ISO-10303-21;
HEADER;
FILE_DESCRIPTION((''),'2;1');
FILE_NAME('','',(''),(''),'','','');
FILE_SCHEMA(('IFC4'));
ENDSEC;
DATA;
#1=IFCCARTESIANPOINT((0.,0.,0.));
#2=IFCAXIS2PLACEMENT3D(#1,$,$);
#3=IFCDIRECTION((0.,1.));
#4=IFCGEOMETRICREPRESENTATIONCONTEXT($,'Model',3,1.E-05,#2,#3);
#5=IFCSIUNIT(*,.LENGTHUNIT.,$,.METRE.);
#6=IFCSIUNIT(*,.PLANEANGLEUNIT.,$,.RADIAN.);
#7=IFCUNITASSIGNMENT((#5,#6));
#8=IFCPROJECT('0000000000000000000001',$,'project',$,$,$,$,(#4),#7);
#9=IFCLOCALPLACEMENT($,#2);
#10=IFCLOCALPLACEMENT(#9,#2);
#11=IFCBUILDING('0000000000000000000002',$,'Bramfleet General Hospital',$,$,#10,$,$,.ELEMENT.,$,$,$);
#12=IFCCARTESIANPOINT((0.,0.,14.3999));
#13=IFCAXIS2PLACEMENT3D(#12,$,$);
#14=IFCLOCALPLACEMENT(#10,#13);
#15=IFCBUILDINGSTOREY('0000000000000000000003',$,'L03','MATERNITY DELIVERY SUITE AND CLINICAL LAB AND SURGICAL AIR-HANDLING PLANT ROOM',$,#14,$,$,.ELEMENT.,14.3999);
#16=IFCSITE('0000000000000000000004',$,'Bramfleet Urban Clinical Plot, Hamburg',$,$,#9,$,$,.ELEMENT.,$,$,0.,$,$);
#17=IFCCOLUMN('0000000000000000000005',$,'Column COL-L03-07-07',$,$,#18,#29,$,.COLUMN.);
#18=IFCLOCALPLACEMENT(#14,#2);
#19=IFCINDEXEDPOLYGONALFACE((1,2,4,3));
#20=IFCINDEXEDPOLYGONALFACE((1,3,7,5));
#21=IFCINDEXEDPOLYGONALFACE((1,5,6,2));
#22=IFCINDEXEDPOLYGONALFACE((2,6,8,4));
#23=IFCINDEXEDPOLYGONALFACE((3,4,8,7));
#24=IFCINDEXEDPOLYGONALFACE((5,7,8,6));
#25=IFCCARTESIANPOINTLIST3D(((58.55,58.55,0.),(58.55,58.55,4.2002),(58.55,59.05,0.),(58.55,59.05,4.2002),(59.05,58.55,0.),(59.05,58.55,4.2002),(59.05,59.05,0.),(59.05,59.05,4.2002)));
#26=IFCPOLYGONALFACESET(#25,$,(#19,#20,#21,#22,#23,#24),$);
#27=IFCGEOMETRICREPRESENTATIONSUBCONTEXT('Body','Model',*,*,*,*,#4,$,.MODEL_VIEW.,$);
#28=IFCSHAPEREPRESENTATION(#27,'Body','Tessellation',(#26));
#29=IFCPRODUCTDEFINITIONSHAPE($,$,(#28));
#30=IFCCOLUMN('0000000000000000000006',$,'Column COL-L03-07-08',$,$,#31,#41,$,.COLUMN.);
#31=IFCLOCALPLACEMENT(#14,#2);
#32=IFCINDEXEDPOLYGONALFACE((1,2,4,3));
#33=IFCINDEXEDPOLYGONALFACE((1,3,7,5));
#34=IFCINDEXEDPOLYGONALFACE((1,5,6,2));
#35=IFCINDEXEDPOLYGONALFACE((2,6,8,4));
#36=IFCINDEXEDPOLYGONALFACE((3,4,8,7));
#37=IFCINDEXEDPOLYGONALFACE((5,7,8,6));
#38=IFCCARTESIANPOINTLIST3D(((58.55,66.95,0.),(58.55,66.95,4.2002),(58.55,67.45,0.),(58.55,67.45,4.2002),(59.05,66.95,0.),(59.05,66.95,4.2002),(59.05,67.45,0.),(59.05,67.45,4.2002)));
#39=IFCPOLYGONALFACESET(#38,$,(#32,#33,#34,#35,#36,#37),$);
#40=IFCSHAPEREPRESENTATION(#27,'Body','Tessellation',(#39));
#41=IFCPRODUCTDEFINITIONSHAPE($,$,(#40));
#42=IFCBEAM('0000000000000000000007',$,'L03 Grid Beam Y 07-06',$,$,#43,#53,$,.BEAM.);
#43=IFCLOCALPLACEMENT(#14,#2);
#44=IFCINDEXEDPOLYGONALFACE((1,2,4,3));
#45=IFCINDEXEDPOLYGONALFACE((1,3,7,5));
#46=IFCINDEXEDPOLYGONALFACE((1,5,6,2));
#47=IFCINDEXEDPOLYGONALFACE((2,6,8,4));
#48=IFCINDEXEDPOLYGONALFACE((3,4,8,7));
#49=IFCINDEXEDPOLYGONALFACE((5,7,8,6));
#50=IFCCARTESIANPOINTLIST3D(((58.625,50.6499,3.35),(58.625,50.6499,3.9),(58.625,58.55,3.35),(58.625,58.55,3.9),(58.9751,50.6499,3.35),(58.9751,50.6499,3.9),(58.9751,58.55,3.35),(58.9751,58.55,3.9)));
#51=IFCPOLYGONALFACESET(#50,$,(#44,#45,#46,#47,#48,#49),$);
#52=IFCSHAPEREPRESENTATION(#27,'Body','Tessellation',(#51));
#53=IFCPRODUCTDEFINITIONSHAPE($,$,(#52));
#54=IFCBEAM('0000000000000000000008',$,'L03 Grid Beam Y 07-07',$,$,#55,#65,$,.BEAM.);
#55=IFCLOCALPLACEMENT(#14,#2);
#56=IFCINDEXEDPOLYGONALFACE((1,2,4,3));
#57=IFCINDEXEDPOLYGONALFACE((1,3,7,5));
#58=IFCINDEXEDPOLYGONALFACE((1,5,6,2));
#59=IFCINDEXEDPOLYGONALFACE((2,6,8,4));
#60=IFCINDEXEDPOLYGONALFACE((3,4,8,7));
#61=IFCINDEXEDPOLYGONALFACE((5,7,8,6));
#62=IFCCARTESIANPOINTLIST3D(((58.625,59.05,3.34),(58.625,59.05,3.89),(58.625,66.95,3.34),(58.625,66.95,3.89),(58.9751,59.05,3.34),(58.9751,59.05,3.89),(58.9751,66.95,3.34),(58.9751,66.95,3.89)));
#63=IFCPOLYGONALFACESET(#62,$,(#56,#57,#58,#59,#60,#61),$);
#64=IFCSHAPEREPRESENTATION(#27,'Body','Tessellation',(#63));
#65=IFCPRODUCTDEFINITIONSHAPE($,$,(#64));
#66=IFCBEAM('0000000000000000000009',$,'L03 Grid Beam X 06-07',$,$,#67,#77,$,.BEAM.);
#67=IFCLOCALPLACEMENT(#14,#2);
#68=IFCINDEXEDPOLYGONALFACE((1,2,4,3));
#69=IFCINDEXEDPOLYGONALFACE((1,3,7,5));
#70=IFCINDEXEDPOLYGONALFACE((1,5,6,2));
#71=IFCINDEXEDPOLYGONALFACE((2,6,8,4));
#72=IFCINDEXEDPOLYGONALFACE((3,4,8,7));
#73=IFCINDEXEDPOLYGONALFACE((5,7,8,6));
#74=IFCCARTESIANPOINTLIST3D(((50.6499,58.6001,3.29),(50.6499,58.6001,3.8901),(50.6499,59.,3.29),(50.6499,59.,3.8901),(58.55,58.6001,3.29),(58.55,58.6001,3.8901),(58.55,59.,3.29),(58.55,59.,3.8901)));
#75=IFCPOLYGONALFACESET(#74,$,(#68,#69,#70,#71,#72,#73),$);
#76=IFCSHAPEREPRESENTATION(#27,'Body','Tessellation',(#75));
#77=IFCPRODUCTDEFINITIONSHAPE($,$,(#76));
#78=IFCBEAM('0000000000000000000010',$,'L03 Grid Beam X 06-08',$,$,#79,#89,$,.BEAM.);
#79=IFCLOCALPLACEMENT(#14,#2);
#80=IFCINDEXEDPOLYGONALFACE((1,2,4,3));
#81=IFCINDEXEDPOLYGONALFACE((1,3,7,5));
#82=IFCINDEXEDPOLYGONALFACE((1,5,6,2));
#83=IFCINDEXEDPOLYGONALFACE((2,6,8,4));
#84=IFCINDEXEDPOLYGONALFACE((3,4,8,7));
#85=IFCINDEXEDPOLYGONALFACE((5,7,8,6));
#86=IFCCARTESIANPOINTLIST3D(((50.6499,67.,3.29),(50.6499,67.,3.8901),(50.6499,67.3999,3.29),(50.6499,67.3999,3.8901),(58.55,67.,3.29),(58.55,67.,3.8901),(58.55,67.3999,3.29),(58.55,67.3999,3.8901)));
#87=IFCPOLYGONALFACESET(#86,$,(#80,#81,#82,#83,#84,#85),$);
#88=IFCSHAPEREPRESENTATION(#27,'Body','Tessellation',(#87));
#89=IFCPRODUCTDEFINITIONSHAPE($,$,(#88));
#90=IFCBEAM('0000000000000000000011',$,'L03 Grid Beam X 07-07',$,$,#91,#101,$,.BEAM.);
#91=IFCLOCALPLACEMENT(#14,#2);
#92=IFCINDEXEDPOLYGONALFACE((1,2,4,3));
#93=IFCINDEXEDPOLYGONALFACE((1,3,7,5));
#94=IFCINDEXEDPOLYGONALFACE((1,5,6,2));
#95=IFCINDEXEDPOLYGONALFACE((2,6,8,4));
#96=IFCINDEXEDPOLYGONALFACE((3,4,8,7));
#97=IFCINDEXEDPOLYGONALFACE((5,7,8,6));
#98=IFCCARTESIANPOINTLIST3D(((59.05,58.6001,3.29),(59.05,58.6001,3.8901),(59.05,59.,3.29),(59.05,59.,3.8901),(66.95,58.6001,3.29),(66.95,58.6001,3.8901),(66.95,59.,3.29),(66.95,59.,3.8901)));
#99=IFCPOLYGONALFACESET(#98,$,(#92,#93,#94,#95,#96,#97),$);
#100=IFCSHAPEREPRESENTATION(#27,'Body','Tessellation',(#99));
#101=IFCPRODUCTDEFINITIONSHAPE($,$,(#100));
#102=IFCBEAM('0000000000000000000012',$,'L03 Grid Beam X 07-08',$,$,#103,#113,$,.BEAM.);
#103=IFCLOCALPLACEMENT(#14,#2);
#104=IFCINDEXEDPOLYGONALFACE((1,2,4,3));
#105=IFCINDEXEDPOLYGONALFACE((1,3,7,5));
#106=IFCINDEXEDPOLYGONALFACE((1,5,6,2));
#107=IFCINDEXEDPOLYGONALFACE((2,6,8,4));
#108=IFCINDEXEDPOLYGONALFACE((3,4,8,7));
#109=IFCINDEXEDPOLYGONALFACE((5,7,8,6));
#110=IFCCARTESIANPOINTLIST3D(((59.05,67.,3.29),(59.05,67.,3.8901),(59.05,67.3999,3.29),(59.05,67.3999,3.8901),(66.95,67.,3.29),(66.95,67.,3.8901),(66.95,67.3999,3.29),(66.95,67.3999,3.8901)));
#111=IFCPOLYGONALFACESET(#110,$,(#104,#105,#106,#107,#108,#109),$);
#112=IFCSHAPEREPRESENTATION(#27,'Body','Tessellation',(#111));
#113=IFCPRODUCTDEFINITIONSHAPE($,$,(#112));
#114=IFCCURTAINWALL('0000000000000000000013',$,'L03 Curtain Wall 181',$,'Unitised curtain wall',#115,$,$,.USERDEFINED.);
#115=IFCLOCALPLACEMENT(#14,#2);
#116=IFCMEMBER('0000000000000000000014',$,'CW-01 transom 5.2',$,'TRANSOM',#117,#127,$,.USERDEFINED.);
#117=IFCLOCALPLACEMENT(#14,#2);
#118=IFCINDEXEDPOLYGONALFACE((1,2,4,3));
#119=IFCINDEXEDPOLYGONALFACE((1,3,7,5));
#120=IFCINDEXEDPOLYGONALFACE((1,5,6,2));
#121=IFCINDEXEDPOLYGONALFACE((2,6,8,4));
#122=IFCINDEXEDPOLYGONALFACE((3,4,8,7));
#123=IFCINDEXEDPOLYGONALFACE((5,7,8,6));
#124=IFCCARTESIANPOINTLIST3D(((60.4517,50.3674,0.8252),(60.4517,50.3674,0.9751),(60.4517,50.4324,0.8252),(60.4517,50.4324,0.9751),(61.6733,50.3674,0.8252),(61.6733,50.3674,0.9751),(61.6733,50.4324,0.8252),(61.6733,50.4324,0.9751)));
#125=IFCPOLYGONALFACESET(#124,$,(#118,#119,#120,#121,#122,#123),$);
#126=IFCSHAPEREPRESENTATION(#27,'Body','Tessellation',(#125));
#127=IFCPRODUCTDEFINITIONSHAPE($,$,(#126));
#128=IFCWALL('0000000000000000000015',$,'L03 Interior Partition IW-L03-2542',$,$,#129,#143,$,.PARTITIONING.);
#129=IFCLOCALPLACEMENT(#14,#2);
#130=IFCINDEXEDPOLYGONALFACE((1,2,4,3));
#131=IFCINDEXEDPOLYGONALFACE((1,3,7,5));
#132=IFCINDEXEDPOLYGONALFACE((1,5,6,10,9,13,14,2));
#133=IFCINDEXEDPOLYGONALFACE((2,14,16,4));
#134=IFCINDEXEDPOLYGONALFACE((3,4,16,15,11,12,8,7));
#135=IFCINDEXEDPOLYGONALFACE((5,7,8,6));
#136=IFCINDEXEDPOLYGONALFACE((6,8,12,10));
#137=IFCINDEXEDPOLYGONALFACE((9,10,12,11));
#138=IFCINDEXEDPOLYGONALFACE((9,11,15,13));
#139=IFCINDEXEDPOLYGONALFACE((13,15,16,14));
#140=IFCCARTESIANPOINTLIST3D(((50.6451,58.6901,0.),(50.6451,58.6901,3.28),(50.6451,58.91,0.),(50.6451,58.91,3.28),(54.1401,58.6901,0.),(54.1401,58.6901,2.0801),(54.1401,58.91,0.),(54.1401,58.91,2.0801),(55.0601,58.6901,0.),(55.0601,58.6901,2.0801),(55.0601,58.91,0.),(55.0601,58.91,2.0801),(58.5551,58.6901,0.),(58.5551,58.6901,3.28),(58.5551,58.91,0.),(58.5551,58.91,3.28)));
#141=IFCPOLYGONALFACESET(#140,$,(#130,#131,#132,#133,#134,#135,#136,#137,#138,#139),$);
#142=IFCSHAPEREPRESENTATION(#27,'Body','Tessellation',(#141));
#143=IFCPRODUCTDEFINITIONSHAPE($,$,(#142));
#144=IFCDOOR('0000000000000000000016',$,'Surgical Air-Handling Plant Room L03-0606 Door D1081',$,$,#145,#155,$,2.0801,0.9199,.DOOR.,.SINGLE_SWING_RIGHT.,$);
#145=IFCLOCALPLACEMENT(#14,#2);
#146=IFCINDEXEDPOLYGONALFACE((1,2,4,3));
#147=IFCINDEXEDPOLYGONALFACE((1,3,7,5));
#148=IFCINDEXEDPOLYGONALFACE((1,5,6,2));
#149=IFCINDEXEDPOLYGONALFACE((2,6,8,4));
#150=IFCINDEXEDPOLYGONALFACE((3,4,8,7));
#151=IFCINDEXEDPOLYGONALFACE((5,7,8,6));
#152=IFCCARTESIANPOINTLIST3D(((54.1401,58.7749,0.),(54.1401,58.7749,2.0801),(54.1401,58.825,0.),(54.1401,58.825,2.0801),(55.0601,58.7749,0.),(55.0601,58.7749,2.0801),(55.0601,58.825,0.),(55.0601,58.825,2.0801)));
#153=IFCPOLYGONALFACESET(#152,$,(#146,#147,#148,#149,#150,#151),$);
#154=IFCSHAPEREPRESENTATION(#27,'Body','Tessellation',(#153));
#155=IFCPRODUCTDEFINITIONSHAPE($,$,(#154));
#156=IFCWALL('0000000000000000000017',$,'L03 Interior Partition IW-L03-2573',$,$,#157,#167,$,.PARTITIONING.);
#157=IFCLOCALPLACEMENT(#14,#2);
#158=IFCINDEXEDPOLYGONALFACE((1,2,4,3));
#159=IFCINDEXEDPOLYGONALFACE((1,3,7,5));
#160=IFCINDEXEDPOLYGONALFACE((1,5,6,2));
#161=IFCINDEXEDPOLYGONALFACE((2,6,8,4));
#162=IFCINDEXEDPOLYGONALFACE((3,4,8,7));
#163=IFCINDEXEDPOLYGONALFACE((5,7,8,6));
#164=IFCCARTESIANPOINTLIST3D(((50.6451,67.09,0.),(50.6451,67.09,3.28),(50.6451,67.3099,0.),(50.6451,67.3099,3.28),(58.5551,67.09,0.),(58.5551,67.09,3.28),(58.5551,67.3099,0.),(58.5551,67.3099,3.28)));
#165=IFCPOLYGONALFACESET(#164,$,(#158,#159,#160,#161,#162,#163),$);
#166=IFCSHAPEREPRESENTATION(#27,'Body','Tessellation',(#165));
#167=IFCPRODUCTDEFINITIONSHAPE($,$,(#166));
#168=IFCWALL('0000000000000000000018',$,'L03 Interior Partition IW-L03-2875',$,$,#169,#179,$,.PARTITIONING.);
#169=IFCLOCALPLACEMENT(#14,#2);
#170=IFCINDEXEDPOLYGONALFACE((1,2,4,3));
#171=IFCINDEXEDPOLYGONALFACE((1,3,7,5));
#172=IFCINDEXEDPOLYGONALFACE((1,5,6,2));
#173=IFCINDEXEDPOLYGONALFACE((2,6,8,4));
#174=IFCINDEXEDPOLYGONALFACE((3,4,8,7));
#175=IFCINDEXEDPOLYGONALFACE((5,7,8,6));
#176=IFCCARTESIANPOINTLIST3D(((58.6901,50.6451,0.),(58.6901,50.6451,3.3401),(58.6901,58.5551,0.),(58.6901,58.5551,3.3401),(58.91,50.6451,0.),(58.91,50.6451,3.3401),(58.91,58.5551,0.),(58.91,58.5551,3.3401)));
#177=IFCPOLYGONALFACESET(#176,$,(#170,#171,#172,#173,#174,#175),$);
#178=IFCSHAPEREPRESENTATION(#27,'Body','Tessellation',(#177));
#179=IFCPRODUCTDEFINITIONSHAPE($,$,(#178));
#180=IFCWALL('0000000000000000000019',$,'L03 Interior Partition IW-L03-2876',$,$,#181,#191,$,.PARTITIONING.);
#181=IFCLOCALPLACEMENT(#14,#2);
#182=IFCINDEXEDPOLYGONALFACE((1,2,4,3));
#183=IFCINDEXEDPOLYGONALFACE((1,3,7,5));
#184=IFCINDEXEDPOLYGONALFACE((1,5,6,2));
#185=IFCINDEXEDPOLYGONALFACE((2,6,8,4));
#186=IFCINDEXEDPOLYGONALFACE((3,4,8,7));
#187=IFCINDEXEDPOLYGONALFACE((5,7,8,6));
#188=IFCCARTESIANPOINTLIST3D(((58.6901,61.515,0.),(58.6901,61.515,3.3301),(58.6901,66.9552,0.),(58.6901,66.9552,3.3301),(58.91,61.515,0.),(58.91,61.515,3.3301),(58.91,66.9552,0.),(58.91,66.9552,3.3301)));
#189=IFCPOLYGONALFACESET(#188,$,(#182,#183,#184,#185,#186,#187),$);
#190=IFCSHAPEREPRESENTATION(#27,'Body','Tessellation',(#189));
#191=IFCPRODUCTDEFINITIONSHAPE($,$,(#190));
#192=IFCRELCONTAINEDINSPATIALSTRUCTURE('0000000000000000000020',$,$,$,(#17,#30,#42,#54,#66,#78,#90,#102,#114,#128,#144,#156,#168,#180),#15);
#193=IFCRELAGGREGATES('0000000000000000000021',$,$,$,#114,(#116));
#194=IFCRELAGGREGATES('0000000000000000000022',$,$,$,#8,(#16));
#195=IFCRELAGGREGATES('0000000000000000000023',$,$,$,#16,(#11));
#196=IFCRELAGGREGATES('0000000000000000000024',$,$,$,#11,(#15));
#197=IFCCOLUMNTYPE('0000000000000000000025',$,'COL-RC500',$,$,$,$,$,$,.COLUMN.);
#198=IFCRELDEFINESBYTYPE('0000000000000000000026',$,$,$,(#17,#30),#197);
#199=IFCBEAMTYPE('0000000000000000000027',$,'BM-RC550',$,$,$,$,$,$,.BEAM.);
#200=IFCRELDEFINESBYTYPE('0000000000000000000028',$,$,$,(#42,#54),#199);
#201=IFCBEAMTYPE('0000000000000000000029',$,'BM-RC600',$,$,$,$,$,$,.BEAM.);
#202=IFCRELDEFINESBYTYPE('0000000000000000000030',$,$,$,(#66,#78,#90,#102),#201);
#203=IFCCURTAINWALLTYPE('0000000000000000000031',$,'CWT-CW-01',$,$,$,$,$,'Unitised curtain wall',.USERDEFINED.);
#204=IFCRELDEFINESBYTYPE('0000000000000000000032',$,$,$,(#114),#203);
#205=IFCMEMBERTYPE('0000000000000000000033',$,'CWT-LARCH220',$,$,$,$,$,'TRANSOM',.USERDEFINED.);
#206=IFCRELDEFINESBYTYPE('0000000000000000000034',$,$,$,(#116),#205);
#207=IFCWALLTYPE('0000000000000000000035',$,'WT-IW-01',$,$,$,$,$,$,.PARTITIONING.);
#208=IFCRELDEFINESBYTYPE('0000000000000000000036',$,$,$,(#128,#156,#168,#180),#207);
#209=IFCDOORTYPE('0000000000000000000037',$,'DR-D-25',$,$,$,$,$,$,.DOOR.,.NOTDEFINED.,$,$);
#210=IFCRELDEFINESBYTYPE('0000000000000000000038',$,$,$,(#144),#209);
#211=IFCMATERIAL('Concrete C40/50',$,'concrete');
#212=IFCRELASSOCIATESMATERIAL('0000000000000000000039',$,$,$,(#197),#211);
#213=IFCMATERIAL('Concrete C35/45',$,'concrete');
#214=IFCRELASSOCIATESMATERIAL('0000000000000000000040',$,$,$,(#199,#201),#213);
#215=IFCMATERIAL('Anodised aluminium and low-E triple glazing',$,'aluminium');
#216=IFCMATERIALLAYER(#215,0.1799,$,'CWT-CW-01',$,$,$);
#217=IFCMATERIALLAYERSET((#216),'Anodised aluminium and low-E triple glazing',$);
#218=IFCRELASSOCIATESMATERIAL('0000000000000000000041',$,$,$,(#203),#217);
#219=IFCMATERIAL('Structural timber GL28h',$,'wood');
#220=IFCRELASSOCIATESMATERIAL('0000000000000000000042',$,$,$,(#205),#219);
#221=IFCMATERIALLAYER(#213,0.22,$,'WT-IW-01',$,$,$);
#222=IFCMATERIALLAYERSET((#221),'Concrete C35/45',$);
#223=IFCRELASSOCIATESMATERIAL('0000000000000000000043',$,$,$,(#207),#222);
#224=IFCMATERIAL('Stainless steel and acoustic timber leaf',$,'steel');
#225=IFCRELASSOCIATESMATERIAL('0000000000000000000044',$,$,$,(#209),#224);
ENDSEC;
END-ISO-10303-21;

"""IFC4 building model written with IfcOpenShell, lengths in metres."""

from ifc_helpers import new_model, si_unit, direction, frame, frame_2d, origin, origin_2d, place, context, subcontext, project, spatial, rectangle, extrude, material, layer, layer_set, material_profile, profile_set, type_object, element, fill, aggregate, save


model = new_model("IFC4")

# Units and contexts
model_context = context("Model", 3, precision=1e-05, world=origin(), true_north=direction((0.0, 1.0)))
body_context = subcontext(model_context, "Body", "Model", "MODEL_VIEW")
ifc_project = project(units=[si_unit("LENGTHUNIT", "METRE"), si_unit("PLANEANGLEUNIT", "RADIAN")], contexts=[model_context])

# Site, building, storey
site_placement = place(None, origin())
site = spatial("IfcSite", under=ifc_project, at=site_placement, Name="Bramfleet Urban Clinical Plot, Hamburg", CompositionType="ELEMENT", RefElevation=0.0)
building_placement = place(site_placement, origin())
building = spatial("IfcBuilding", under=site, at=building_placement, Name="Bramfleet General Hospital", CompositionType="ELEMENT")
storey_placement = place(building_placement, frame((0.0, 0.0, 14.3999)))
storey = spatial("IfcBuildingStorey", under=building, at=storey_placement, Name="L03", Description="MATERNITY DELIVERY SUITE AND CLINICAL LAB AND SURGICAL AIR-HANDLING PLANT ROOM", CompositionType="ELEMENT", Elevation=14.3999)

# Columns
ifc_material_1 = material(Name="Concrete C40/50", Category="concrete")
ifc_material_profile_1 = material_profile(ifc_material_1, rectangle(XDim=0.5, YDim=0.5, at=origin_2d()), Name="RC COL 500x500")
ifc_profile_set_1 = profile_set([ifc_material_profile_1], Name="Concrete C40/50")
column_type = type_object("IfcColumnType", Name="COL-RC500", PredefinedType="COLUMN", material=ifc_profile_set_1)
for number, where, z_axis, x_axis, name in (
    (1, (58.8, 58.8, 0.0), (0.0, 0.0, 1.0), (1.0, 0.0, 0.0), "Column COL-L03-07-07"),
    (2, (58.8, 67.2, 0.0), (0.0, 0.0, 1.0), (1.0, 0.0, 0.0), "Column COL-L03-07-08"),
):
    element("IfcColumn", number, at=place(storey_placement, frame(where, z_axis=z_axis, x_axis=x_axis)), inside=storey, type_object=column_type, Name=name, PredefinedType="COLUMN", context=body_context, shape_type="SweptSolid", body=[
        extrude(rectangle(XDim=0.5, YDim=0.5, at=origin_2d()), origin(), (0.0, 0.0, 1.0), 4.2002),
    ])

# Beams
ifc_material_2 = material(Name="Concrete C35/45", Category="concrete")
ifc_material_profile_2 = material_profile(ifc_material_2, rectangle(XDim=0.3501, YDim=0.55, at=origin_2d()), Name="RC BM 550x350")
ifc_profile_set_2 = profile_set([ifc_material_profile_2], Name="Concrete C35/45")
beam_type_1 = type_object("IfcBeamType", Name="BM-RC550", PredefinedType="BEAM", material=ifc_profile_set_2)
beam_1_placement = place(storey_placement, frame((58.8, 50.6499, 3.625), z_axis=(0.0, 1.0, 0.0), x_axis=(-1.0, 0.0, 0.0)))
element("IfcBeam", 3, at=beam_1_placement, inside=storey, type_object=beam_type_1, Name="L03 Grid Beam Y 07-06", PredefinedType="BEAM", context=body_context, shape_type="SweptSolid", body=[
    extrude(rectangle(XDim=0.3501, YDim=0.55, at=origin_2d()), origin(), (0.0, 0.0, 1.0), 7.9001),
])
beam_2_placement = place(storey_placement, frame((58.8, 59.05, 3.615), z_axis=(0.0, 1.0, 0.0), x_axis=(-1.0, 0.0, 0.0)))
element("IfcBeam", 4, at=beam_2_placement, inside=storey, type_object=beam_type_1, Name="L03 Grid Beam Y 07-07", PredefinedType="BEAM", context=body_context, shape_type="SweptSolid", body=[
    extrude(rectangle(XDim=0.3501, YDim=0.55, at=origin_2d()), origin(), (0.0, 0.0, 1.0), 7.8999),
])
ifc_material_profile_3 = material_profile(ifc_material_2, rectangle(XDim=0.3999, YDim=0.6001, at=origin_2d()), Name="RC BM 600x400")
ifc_profile_set_3 = profile_set([ifc_material_profile_3], Name="Concrete C35/45")
beam_type_2 = type_object("IfcBeamType", Name="BM-RC600", PredefinedType="BEAM", material=ifc_profile_set_3)
for number, where, z_axis, x_axis, name in (
    (5, (50.6499, 58.8, 3.5901), (1.0, 0.0, 0.0), (0.0, 1.0, 0.0), "L03 Grid Beam X 06-07"),
    (6, (50.6499, 67.2, 3.5901), (1.0, 0.0, 0.0), (0.0, 1.0, 0.0), "L03 Grid Beam X 06-08"),
):
    element("IfcBeam", number, at=place(storey_placement, frame(where, z_axis=z_axis, x_axis=x_axis)), inside=storey, type_object=beam_type_2, Name=name, PredefinedType="BEAM", context=body_context, shape_type="SweptSolid", body=[
        extrude(rectangle(XDim=0.3999, YDim=0.6001, at=origin_2d()), origin(), (0.0, 0.0, 1.0), 7.9001),
    ])
for number, where, z_axis, x_axis, name in (
    (7, (59.05, 58.8, 3.5901), (1.0, 0.0, 0.0), (0.0, 1.0, 0.0), "L03 Grid Beam X 07-07"),
    (8, (59.05, 67.2, 3.5901), (1.0, 0.0, 0.0), (0.0, 1.0, 0.0), "L03 Grid Beam X 07-08"),
):
    element("IfcBeam", number, at=place(storey_placement, frame(where, z_axis=z_axis, x_axis=x_axis)), inside=storey, type_object=beam_type_2, Name=name, PredefinedType="BEAM", context=body_context, shape_type="SweptSolid", body=[
        extrude(rectangle(XDim=0.3999, YDim=0.6001, at=origin_2d()), origin(), (0.0, 0.0, 1.0), 7.8999),
    ])

# Curtain wall, member
ifc_material_3 = material(Name="Anodised aluminium and low-E triple glazing", Category="aluminium")
ifc_layer_1 = layer(ifc_material_3, 0.1799, Name="CWT-CW-01")
ifc_layer_set_1 = layer_set([ifc_layer_1], Name="Anodised aluminium and low-E triple glazing")
curtain_wall_type = type_object("IfcCurtainWallType", Name="CWT-CW-01", ElementType="Unitised curtain wall", PredefinedType="USERDEFINED", material=ifc_layer_set_1)
curtain_wall_placement = place(storey_placement, origin())
curtain_wall = element("IfcCurtainWall", 9, at=curtain_wall_placement, inside=storey, type_object=curtain_wall_type, Name="L03 Curtain Wall 181", ObjectType="Unitised curtain wall", PredefinedType="USERDEFINED")
ifc_material_4 = material(Name="Structural timber GL28h", Category="wood")
ifc_material_profile_4 = material_profile(ifc_material_4, rectangle(XDim=0.0649, YDim=0.1499, at=origin_2d()), Name="LARCH 150x65")
ifc_profile_set_4 = profile_set([ifc_material_profile_4], Name="Structural timber GL28h")
member_type = type_object("IfcMemberType", Name="CWT-LARCH220", ElementType="TRANSOM", PredefinedType="USERDEFINED", material=ifc_profile_set_4)
member_placement = place(storey_placement, frame((61.6733, 50.3999, 0.9001), z_axis=(-1.0, 0.0, 0.0), x_axis=(0.0, -1.0, 0.0)))
member = element("IfcMember", 10, at=member_placement, type_object=member_type, Name="CW-01 transom 5.2", ObjectType="TRANSOM", PredefinedType="USERDEFINED", context=body_context, shape_type="SweptSolid", body=[
    extrude(rectangle(XDim=0.0649, YDim=0.1499, at=origin_2d()), origin(), (0.0, 0.0, 1.0), 1.2217),
])
aggregate(curtain_wall, [member])

# Wall, opening, door
ifc_layer_2 = layer(ifc_material_2, 0.22, Name="WT-IW-01")
ifc_layer_set_2 = layer_set([ifc_layer_2], Name="Concrete C35/45")
wall_type_1 = type_object("IfcWallType", Name="WT-IW-01", PredefinedType="PARTITIONING", material=ifc_layer_set_2)
wall_1_placement = place(storey_placement, frame((50.645, 58.8, 0.0), z_axis=(0.0, 0.0, 1.0), x_axis=(1.0, 0.0, 0.0)))
wall_1 = element("IfcWall", 11, at=wall_1_placement, inside=storey, type_object=wall_type_1, Name="L03 Interior Partition IW-L03-2542", PredefinedType="PARTITIONING", context=body_context, shape_type="SweptSolid", body=[
    extrude(rectangle(XDim=7.9099, YDim=0.22, at=frame_2d((3.9551, 0.0))), origin(), (0.0, 0.0, 1.0), 3.28),
])
opening_1_placement = place(wall_1_placement, frame((3.4951, 0.0, 0.0)))
opening_1 = element("IfcOpeningElement", 12, at=opening_1_placement, cuts=wall_1, PredefinedType="OPENING", context=body_context, shape_type="SweptSolid", body=[
    extrude(rectangle(XDim=0.9199, YDim=2.0801, at=frame_2d((0.46, 1.04))), frame((0.0, 0.1199, 0.0), z_axis=(0.0, -1.0, 0.0), x_axis=(1.0, 0.0, 0.0)), (0.0, 0.0, 1.0), 0.24),
])
ifc_material_5 = material(Name="Stainless steel and acoustic timber leaf", Category="steel")
door_type_1 = type_object("IfcDoorType", Name="DR-D-25", OperationType="NOTDEFINED", PredefinedType="DOOR", material=ifc_material_5)
door_1_placement = place(opening_1_placement, origin())
door_1 = element("IfcDoor", 13, at=door_1_placement, inside=storey, type_object=door_type_1, Name="Surgical Air-Handling Plant Room L03-0606 Door D1081", OperationType="SINGLE_SWING_RIGHT", OverallHeight=2.0801, OverallWidth=0.9199, PredefinedType="DOOR", context=body_context, shape_type="SweptSolid", body=[
    extrude(rectangle(XDim=0.9199, YDim=2.0801, at=frame_2d((0.46, 1.04))), frame((0.0, 0.0249, 0.0), z_axis=(0.0, -1.0, 0.0), x_axis=(1.0, 0.0, 0.0)), (0.0, 0.0, 1.0), 0.05),
])
fill(opening_1, door_1)

# Walls
wall_2_placement = place(storey_placement, frame((50.645, 67.2, 0.0), z_axis=(0.0, 0.0, 1.0), x_axis=(1.0, 0.0, 0.0)))
element("IfcWall", 14, at=wall_2_placement, inside=storey, type_object=wall_type_1, Name="L03 Interior Partition IW-L03-2573", PredefinedType="PARTITIONING", context=body_context, shape_type="SweptSolid", body=[
    extrude(rectangle(XDim=7.9099, YDim=0.22, at=frame_2d((3.9551, 0.0))), origin(), (0.0, 0.0, 1.0), 3.28),
])
wall_3_placement = place(storey_placement, frame((58.8, 50.645, 0.0), z_axis=(0.0, 0.0, 1.0), x_axis=(0.0, 1.0, 0.0)))
element("IfcWall", 15, at=wall_3_placement, inside=storey, type_object=wall_type_1, Name="L03 Interior Partition IW-L03-2875", PredefinedType="PARTITIONING", context=body_context, shape_type="SweptSolid", body=[
    extrude(rectangle(XDim=7.9099, YDim=0.22, at=frame_2d((3.9551, 0.0))), origin(), (0.0, 0.0, 1.0), 3.3401),
])
wall_4_placement = place(storey_placement, frame((58.8, 61.5149, 0.0), z_axis=(0.0, 0.0, 1.0), x_axis=(0.0, 1.0, 0.0)))
element("IfcWall", 16, at=wall_4_placement, inside=storey, type_object=wall_type_1, Name="L03 Interior Partition IW-L03-2876", PredefinedType="PARTITIONING", context=body_context, shape_type="SweptSolid", body=[
    extrude(rectangle(XDim=5.4402, YDim=0.22, at=frame_2d((2.7202, 0.0))), origin(), (0.0, 0.0, 1.0), 3.3301),
])

save(model, "model.ifc")
